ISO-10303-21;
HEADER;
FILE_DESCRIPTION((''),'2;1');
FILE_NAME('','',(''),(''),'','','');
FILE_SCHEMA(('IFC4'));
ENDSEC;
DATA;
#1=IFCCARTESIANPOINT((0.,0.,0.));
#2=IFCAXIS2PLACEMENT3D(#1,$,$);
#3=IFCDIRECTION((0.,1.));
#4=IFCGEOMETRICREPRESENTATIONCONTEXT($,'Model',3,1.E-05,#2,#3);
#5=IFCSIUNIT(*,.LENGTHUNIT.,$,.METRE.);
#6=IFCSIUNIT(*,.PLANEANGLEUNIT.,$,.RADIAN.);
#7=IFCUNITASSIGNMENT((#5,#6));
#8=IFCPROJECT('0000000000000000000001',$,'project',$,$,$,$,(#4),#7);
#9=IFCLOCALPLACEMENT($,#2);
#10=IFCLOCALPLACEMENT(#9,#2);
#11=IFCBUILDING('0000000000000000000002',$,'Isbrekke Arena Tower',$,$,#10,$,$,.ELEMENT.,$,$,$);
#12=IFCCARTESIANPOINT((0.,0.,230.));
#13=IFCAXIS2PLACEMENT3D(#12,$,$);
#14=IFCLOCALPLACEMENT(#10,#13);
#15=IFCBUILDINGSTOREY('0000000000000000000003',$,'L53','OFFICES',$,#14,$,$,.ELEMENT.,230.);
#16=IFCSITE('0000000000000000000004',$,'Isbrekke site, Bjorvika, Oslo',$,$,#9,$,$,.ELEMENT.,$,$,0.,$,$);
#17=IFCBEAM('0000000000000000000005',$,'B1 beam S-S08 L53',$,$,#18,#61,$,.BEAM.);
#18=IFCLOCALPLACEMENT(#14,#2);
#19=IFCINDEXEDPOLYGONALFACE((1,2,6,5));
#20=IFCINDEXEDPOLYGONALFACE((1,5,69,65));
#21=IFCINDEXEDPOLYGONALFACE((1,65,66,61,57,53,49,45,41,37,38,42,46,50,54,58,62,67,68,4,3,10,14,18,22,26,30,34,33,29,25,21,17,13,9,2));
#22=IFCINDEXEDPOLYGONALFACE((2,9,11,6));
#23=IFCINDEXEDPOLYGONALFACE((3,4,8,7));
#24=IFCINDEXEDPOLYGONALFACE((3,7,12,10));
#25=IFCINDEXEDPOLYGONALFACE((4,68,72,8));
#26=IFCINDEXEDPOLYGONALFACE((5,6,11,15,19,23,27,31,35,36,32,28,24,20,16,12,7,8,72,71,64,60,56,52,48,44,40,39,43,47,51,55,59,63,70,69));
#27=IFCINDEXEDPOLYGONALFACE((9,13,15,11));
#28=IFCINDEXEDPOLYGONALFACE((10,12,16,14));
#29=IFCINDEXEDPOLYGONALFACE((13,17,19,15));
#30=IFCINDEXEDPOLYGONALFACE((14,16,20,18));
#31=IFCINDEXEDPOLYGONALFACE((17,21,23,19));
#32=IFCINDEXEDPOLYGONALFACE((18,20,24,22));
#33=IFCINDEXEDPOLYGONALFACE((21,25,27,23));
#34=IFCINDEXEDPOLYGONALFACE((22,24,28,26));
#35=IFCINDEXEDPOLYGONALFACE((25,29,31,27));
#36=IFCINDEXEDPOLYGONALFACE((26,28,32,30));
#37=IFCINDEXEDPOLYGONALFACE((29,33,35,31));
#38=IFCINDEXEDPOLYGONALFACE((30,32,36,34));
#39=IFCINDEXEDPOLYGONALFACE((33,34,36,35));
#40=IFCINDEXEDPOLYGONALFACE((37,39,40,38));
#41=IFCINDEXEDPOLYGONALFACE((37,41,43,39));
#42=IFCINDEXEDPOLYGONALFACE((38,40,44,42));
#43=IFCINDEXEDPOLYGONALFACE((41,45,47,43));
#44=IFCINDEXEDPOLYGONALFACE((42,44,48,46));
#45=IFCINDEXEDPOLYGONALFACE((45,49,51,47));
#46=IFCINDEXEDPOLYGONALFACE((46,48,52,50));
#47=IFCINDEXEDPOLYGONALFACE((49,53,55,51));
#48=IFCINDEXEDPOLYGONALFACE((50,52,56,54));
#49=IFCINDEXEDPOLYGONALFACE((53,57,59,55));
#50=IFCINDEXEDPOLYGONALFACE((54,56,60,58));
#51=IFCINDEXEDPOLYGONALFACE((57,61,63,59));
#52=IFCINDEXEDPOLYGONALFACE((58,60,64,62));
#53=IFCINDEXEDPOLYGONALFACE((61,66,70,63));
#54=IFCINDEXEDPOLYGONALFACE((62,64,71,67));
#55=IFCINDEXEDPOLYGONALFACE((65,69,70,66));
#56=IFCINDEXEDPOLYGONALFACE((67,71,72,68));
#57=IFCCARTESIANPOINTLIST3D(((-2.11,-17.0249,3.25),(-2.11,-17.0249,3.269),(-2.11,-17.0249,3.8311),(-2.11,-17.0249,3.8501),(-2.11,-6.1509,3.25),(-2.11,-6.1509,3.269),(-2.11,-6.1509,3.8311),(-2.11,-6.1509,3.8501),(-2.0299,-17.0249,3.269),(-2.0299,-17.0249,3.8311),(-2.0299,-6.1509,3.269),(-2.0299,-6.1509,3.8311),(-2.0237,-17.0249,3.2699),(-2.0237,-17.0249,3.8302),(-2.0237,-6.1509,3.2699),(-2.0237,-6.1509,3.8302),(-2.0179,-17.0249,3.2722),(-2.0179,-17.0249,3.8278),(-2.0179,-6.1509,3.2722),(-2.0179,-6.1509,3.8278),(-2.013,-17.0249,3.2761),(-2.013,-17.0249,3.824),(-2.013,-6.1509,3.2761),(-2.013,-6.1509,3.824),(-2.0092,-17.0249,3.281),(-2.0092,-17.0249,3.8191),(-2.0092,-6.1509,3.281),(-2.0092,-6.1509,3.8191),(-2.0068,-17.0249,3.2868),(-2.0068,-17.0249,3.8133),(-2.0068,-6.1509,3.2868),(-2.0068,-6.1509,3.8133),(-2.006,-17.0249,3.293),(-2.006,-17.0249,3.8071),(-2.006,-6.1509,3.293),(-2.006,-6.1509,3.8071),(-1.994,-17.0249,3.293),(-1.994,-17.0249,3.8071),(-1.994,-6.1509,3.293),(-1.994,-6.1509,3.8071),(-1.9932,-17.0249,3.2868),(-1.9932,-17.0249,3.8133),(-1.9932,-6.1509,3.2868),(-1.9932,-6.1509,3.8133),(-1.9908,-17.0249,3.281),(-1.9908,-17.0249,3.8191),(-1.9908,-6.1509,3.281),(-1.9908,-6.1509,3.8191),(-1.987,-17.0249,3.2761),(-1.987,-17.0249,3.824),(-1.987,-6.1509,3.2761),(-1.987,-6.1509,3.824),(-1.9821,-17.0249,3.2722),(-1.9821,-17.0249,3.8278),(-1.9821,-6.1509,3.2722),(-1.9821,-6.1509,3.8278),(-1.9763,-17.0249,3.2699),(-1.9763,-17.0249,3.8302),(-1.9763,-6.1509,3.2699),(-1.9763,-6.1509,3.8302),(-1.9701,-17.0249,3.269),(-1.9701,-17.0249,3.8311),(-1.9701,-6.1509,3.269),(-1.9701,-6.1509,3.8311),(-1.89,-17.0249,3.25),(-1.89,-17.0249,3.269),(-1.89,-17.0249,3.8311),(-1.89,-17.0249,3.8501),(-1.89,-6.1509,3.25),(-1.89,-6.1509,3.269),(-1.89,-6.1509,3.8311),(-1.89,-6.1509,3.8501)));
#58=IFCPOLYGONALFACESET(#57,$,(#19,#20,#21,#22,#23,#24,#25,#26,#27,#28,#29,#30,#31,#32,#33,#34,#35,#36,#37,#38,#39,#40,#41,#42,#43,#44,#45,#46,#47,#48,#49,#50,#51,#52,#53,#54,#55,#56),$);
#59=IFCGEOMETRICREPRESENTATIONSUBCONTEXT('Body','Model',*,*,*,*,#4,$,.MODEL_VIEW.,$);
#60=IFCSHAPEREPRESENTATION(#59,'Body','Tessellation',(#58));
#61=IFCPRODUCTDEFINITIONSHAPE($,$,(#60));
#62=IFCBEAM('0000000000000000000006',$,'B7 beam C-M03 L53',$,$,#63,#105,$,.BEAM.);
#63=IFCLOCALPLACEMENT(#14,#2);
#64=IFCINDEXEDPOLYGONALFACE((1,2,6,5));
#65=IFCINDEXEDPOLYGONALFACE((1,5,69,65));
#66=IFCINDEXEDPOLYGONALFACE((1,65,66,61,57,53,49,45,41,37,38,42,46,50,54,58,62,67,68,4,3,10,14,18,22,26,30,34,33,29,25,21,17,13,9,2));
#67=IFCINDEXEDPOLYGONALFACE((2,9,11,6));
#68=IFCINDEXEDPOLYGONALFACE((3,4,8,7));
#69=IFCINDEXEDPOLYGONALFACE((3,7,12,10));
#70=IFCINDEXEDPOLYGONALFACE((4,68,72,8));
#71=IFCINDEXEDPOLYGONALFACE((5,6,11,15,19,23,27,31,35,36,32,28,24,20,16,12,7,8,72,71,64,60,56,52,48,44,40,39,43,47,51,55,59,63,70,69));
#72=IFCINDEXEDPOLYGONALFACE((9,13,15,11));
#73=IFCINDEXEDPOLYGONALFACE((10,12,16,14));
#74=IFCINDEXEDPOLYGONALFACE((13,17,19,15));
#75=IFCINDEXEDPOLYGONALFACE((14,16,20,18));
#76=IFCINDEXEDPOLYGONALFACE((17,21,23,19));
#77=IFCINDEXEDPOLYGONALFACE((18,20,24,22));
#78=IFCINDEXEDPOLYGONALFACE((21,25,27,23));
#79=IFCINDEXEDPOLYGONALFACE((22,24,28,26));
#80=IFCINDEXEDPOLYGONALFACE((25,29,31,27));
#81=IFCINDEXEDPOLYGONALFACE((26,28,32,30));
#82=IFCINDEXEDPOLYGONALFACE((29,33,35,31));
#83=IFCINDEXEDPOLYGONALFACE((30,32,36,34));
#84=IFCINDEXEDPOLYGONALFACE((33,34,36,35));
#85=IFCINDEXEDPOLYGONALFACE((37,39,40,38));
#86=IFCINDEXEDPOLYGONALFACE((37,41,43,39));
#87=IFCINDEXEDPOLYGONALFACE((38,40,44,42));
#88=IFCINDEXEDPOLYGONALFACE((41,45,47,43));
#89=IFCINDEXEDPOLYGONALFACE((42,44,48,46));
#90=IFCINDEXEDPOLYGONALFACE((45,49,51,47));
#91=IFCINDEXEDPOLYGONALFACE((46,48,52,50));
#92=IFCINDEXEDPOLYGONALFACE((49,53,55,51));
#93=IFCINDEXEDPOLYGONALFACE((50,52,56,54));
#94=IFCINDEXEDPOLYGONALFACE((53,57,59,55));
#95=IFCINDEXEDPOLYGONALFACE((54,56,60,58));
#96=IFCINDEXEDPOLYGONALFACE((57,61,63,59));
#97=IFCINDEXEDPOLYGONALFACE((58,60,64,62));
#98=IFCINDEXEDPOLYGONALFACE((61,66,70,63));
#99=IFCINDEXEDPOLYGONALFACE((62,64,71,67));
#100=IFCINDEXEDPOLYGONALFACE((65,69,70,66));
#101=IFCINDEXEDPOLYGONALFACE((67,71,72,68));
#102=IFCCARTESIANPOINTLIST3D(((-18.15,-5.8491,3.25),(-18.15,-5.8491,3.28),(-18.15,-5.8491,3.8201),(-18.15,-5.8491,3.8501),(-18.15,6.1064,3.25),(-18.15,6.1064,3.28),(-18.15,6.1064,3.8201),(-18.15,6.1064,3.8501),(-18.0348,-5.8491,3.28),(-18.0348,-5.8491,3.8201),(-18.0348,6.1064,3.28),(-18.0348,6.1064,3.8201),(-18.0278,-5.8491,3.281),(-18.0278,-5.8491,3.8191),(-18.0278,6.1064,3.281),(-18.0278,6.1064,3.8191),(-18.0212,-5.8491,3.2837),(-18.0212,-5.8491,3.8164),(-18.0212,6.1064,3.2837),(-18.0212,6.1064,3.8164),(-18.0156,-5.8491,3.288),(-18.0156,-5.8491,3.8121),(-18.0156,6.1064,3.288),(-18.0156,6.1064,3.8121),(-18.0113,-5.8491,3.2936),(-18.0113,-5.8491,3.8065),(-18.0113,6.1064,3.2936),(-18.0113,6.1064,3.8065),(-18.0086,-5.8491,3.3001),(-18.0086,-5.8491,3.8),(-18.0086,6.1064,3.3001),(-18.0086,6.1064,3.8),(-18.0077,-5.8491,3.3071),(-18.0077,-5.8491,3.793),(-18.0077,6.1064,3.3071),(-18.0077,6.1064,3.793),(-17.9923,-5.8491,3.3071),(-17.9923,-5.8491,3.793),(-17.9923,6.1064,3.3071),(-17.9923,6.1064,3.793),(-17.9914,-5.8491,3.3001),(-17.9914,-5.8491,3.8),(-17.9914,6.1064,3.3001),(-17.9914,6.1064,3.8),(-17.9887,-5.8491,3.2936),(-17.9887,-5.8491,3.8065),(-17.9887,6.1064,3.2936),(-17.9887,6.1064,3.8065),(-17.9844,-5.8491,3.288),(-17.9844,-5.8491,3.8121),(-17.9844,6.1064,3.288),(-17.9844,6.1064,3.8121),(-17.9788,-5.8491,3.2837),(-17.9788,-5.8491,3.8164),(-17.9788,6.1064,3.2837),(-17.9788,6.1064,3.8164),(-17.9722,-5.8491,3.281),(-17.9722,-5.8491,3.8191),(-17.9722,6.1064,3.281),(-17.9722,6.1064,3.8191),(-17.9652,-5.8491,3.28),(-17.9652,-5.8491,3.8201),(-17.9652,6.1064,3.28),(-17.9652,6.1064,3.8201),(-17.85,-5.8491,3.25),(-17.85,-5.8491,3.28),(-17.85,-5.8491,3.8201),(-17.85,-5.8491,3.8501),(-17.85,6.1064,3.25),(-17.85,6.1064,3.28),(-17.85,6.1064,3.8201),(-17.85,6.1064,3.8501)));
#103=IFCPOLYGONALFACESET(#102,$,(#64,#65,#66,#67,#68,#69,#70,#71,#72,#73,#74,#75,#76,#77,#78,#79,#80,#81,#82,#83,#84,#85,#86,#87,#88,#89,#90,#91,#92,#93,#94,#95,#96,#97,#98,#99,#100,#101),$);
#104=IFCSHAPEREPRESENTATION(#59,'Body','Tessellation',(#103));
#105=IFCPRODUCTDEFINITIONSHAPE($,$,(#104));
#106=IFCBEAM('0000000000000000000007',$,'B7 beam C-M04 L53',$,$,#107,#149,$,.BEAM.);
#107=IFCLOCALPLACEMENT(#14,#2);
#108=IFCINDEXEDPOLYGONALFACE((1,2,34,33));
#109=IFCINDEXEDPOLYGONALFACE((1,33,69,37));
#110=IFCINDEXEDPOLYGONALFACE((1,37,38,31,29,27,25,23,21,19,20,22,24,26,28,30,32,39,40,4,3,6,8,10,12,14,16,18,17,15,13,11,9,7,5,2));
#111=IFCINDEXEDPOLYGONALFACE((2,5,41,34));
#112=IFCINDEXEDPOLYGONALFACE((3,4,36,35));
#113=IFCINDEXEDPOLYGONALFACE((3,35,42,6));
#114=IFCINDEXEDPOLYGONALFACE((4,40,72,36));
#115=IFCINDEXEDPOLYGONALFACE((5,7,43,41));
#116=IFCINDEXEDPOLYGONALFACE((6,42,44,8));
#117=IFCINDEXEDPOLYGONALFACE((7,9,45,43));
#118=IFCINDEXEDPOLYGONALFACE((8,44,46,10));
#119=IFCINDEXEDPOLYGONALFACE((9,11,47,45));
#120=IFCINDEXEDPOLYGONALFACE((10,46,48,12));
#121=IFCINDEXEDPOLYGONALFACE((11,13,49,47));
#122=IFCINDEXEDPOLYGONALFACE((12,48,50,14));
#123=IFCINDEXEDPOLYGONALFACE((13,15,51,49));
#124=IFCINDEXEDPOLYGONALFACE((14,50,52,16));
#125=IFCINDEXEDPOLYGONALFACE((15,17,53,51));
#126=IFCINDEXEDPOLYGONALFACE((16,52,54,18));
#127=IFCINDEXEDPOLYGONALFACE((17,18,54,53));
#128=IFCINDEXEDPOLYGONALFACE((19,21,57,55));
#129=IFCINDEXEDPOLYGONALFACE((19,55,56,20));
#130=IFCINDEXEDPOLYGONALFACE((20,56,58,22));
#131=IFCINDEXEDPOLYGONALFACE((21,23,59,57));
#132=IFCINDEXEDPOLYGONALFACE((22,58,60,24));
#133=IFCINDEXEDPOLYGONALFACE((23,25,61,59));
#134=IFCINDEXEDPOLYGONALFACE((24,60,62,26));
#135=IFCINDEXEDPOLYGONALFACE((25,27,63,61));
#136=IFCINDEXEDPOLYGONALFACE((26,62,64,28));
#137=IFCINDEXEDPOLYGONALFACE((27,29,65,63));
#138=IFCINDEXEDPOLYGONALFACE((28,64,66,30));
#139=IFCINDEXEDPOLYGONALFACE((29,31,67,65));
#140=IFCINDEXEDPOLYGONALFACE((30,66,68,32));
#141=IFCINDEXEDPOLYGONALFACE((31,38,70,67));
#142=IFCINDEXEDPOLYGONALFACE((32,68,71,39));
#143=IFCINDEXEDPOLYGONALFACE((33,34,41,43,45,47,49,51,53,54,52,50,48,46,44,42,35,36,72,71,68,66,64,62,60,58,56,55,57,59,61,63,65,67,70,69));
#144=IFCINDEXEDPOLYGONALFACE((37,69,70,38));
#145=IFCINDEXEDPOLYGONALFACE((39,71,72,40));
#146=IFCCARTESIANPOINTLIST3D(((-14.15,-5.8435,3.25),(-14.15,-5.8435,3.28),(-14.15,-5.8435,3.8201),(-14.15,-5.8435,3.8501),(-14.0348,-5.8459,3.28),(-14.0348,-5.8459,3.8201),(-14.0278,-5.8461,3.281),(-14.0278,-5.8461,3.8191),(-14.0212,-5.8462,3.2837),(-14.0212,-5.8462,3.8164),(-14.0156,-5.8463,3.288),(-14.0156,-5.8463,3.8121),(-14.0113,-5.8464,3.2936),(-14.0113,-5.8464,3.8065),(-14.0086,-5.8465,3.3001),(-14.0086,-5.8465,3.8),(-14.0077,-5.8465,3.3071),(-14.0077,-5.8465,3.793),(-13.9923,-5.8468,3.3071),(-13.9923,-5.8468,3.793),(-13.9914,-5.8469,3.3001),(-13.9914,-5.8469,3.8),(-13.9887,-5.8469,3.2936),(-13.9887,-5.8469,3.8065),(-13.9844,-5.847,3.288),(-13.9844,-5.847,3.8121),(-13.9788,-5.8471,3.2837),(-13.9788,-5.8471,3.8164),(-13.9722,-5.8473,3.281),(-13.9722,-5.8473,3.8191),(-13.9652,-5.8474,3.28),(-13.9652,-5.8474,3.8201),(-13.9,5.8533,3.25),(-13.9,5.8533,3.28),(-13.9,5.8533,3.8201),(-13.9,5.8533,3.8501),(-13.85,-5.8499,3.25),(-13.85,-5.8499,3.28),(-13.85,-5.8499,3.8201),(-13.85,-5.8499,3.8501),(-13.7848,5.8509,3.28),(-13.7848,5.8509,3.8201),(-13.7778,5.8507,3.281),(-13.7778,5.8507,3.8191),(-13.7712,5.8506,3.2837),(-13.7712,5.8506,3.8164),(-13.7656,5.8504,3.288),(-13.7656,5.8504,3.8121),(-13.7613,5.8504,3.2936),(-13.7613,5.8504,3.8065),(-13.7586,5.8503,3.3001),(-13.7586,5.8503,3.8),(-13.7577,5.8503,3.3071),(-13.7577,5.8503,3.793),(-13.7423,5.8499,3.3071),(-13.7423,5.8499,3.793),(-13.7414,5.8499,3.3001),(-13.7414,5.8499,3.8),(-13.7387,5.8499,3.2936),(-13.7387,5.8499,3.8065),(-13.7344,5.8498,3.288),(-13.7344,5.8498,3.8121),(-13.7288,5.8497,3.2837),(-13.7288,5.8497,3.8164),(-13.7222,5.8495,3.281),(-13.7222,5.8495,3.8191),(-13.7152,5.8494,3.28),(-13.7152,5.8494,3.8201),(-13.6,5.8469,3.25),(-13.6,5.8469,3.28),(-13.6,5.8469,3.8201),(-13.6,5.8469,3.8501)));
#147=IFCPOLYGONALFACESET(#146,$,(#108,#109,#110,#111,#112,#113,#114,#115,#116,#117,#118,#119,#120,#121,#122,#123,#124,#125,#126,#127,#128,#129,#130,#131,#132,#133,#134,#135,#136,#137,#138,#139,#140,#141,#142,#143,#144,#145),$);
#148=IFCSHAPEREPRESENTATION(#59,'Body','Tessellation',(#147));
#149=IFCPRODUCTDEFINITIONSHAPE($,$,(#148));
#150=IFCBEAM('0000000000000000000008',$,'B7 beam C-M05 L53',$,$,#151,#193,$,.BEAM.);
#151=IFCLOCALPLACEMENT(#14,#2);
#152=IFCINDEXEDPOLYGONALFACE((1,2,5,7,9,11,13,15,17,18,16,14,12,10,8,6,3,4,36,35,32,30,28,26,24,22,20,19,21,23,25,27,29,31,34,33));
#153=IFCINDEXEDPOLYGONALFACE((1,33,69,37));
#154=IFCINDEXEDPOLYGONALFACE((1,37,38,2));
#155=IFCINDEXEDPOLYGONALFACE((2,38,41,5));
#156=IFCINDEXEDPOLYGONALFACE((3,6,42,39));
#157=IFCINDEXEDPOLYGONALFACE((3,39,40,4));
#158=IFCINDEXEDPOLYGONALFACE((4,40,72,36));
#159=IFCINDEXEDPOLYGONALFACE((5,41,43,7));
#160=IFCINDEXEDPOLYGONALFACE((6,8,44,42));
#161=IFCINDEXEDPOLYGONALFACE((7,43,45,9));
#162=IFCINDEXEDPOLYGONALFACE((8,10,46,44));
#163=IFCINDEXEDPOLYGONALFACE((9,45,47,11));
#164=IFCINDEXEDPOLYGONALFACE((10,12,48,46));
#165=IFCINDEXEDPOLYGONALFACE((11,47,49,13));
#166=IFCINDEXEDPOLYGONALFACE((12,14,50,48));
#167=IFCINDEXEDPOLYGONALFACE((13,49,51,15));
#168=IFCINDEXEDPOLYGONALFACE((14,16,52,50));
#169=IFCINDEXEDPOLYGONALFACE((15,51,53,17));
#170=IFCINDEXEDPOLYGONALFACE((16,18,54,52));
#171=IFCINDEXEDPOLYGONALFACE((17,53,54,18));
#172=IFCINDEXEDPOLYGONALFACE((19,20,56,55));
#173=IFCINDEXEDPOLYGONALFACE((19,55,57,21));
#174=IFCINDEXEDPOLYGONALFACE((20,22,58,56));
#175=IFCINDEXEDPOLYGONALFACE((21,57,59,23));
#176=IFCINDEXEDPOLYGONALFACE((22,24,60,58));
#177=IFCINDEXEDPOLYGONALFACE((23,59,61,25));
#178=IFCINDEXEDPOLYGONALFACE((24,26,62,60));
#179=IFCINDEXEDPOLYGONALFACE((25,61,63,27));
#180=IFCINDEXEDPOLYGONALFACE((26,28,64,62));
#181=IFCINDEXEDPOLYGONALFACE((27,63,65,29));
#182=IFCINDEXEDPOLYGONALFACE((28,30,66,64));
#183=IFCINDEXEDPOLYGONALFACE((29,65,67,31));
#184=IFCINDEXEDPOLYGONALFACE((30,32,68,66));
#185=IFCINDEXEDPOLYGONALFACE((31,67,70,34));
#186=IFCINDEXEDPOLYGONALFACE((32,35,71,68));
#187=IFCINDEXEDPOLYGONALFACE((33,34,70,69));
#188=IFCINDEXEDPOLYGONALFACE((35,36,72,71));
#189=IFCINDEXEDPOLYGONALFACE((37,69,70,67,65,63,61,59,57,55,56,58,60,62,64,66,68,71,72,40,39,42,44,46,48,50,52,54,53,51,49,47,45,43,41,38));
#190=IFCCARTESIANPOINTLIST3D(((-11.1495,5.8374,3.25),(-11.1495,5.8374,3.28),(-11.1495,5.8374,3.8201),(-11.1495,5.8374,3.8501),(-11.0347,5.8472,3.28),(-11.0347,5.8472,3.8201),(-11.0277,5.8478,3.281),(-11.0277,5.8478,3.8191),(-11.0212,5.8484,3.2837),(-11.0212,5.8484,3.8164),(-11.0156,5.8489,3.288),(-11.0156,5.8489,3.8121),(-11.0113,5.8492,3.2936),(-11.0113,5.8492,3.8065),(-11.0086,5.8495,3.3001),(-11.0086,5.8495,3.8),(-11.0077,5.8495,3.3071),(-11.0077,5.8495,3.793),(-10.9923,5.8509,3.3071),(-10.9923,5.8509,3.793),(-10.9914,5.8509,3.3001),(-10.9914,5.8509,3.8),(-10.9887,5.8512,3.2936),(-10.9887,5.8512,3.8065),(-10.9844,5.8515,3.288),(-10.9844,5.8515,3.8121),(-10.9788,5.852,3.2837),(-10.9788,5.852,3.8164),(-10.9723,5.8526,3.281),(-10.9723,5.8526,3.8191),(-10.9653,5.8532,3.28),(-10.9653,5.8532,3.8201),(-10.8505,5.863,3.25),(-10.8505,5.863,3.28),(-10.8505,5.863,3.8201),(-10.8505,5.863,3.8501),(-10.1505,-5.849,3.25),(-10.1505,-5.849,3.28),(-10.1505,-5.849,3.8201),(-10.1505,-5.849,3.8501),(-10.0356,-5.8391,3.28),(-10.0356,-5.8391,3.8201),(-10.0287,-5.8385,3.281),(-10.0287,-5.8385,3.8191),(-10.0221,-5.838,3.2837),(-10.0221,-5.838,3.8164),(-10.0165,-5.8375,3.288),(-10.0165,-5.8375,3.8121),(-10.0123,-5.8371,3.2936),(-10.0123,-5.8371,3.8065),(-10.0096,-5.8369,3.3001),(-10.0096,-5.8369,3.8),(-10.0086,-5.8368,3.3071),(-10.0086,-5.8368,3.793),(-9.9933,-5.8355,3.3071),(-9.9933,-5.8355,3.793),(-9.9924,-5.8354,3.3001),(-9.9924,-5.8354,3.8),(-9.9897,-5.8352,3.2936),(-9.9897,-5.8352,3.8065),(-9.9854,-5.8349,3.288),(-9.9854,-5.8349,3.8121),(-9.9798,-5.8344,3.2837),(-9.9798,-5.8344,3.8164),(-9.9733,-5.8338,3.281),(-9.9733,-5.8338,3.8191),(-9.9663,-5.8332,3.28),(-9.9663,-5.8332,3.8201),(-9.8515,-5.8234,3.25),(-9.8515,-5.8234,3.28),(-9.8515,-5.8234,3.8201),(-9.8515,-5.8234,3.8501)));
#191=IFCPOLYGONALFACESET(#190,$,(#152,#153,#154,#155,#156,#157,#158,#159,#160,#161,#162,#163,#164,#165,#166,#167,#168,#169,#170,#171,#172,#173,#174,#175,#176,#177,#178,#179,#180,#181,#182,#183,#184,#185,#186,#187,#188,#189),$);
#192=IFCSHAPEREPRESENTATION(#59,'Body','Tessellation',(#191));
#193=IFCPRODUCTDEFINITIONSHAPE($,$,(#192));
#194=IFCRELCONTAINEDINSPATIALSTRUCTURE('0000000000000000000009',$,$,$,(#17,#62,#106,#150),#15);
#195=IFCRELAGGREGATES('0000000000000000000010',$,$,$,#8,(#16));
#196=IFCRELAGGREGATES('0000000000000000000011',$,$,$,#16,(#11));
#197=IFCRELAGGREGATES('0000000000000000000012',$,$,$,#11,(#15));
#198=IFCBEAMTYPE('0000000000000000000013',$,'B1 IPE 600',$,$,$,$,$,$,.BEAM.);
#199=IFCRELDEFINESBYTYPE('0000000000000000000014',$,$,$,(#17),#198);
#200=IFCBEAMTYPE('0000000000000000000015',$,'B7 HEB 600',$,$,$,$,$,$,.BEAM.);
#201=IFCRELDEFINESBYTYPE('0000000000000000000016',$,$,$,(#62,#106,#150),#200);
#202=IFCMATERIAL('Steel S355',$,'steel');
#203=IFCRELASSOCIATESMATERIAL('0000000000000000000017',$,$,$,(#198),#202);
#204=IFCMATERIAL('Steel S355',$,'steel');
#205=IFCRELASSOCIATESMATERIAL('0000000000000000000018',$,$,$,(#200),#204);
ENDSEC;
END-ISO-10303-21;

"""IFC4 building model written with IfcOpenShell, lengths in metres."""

from ifc_helpers import new_model, si_unit, direction, frame, origin, origin_2d, place, context, subcontext, project, spatial, i_section, extrude, material, material_profile, profile_set, type_object, element, save


model = new_model("IFC4")

# Units and contexts
model_context = context("Model", 3, precision=1e-05, world=origin(), true_north=direction((0.0, 1.0)))
body_context = subcontext(model_context, "Body", "Model", "MODEL_VIEW")
ifc_project = project(units=[si_unit("LENGTHUNIT", "METRE"), si_unit("PLANEANGLEUNIT", "RADIAN")], contexts=[model_context])

# Site, building, storey
site_placement = place(None, origin())
site = spatial("IfcSite", under=ifc_project, at=site_placement, Name="Isbrekke site, Bjorvika, Oslo", CompositionType="ELEMENT", RefElevation=0.0)
building_placement = place(site_placement, origin())
building = spatial("IfcBuilding", under=site, at=building_placement, Name="Isbrekke Arena Tower", CompositionType="ELEMENT")
storey_placement = place(building_placement, frame((0.0, 0.0, 230.0)))
storey = spatial("IfcBuildingStorey", under=building, at=storey_placement, Name="L53", Description="OFFICES", CompositionType="ELEMENT", Elevation=230.0)

# Beams
ifc_material_1 = material(Name="Steel S355", Category="steel")
ifc_material_profile_1 = material_profile(ifc_material_1, i_section(OverallWidth=0.22, OverallDepth=0.6001, WebThickness=0.012, FlangeThickness=0.019, FilletRadius=0.0239, at=origin_2d()), Name="IPE 600")
ifc_profile_set_1 = profile_set([ifc_material_profile_1], Name="Steel S355")
beam_type_1 = type_object("IfcBeamType", Name="B1 IPE 600", PredefinedType="BEAM", material=ifc_profile_set_1)
for number, where, z_axis, x_axis, name in (
    (1, (-2.0, -17.0249, 3.55), (0.0, 1.0, 0.0), (-1.0, 0.0, 0.0), "B1 beam S-S08 L53"),
):
    element("IfcBeam", number, at=place(storey_placement, frame(where, z_axis=z_axis, x_axis=x_axis)), inside=storey, type_object=beam_type_1, Name=name, PredefinedType="BEAM", context=body_context, shape_type="SweptSolid", body=[
        extrude(i_section(OverallWidth=0.22, OverallDepth=0.6001, WebThickness=0.012, FlangeThickness=0.019, FilletRadius=0.0239, at=origin_2d()), origin(), (0.0, 0.0, 1.0), 10.874),
    ])
ifc_material_2 = material(Name="Steel S355", Category="steel")
ifc_material_profile_2 = material_profile(ifc_material_2, i_section(OverallWidth=0.3, OverallDepth=0.6001, WebThickness=0.0154, FlangeThickness=0.03, FilletRadius=0.0271, at=origin_2d()), Name="HEB 600")
ifc_profile_set_2 = profile_set([ifc_material_profile_2], Name="Steel S355")
beam_type_2 = type_object("IfcBeamType", Name="B7 HEB 600", PredefinedType="BEAM", material=ifc_profile_set_2)
beam_1_placement = place(storey_placement, frame((-18.0, -5.8491, 3.55), z_axis=(0.0, 1.0, 0.0), x_axis=(-1.0, 0.0, 0.0)))
element("IfcBeam", 2, at=beam_1_placement, inside=storey, type_object=beam_type_2, Name="B7 beam C-M03 L53", PredefinedType="BEAM", context=body_context, shape_type="SweptSolid", body=[
    extrude(i_section(OverallWidth=0.3, OverallDepth=0.6001, WebThickness=0.0154, FlangeThickness=0.03, FilletRadius=0.0271, at=origin_2d()), origin(), (0.0, 0.0, 1.0), 11.9556),
])
beam_2_placement = place(storey_placement, frame((-14.0, -5.8467, 3.55), z_axis=(0.021369, 0.999772, 0.0), x_axis=(-0.999772, 0.021369, 0.0)))
element("IfcBeam", 3, at=beam_2_placement, inside=storey, type_object=beam_type_2, Name="B7 beam C-M04 L53", PredefinedType="BEAM", context=body_context, shape_type="SweptSolid", body=[
    extrude(i_section(OverallWidth=0.3, OverallDepth=0.6001, WebThickness=0.0154, FlangeThickness=0.03, FilletRadius=0.0271, at=origin_2d()), origin(), (0.0, 0.0, 1.0), 11.6995),
])
beam_3_placement = place(storey_placement, frame((-10.001, -5.8362, 3.55), z_axis=(-0.085176, 0.996366, 0.0), x_axis=(-0.996366, -0.085176, 0.0)))
element("IfcBeam", 4, at=beam_3_placement, inside=storey, type_object=beam_type_2, Name="B7 beam C-M05 L53", PredefinedType="BEAM", context=body_context, shape_type="SweptSolid", body=[
    extrude(i_section(OverallWidth=0.3, OverallDepth=0.6001, WebThickness=0.0154, FlangeThickness=0.03, FilletRadius=0.0271, at=origin_2d()), origin(), (0.0, 0.0, 1.0), 11.729),
])

save(model, "model.ifc")
